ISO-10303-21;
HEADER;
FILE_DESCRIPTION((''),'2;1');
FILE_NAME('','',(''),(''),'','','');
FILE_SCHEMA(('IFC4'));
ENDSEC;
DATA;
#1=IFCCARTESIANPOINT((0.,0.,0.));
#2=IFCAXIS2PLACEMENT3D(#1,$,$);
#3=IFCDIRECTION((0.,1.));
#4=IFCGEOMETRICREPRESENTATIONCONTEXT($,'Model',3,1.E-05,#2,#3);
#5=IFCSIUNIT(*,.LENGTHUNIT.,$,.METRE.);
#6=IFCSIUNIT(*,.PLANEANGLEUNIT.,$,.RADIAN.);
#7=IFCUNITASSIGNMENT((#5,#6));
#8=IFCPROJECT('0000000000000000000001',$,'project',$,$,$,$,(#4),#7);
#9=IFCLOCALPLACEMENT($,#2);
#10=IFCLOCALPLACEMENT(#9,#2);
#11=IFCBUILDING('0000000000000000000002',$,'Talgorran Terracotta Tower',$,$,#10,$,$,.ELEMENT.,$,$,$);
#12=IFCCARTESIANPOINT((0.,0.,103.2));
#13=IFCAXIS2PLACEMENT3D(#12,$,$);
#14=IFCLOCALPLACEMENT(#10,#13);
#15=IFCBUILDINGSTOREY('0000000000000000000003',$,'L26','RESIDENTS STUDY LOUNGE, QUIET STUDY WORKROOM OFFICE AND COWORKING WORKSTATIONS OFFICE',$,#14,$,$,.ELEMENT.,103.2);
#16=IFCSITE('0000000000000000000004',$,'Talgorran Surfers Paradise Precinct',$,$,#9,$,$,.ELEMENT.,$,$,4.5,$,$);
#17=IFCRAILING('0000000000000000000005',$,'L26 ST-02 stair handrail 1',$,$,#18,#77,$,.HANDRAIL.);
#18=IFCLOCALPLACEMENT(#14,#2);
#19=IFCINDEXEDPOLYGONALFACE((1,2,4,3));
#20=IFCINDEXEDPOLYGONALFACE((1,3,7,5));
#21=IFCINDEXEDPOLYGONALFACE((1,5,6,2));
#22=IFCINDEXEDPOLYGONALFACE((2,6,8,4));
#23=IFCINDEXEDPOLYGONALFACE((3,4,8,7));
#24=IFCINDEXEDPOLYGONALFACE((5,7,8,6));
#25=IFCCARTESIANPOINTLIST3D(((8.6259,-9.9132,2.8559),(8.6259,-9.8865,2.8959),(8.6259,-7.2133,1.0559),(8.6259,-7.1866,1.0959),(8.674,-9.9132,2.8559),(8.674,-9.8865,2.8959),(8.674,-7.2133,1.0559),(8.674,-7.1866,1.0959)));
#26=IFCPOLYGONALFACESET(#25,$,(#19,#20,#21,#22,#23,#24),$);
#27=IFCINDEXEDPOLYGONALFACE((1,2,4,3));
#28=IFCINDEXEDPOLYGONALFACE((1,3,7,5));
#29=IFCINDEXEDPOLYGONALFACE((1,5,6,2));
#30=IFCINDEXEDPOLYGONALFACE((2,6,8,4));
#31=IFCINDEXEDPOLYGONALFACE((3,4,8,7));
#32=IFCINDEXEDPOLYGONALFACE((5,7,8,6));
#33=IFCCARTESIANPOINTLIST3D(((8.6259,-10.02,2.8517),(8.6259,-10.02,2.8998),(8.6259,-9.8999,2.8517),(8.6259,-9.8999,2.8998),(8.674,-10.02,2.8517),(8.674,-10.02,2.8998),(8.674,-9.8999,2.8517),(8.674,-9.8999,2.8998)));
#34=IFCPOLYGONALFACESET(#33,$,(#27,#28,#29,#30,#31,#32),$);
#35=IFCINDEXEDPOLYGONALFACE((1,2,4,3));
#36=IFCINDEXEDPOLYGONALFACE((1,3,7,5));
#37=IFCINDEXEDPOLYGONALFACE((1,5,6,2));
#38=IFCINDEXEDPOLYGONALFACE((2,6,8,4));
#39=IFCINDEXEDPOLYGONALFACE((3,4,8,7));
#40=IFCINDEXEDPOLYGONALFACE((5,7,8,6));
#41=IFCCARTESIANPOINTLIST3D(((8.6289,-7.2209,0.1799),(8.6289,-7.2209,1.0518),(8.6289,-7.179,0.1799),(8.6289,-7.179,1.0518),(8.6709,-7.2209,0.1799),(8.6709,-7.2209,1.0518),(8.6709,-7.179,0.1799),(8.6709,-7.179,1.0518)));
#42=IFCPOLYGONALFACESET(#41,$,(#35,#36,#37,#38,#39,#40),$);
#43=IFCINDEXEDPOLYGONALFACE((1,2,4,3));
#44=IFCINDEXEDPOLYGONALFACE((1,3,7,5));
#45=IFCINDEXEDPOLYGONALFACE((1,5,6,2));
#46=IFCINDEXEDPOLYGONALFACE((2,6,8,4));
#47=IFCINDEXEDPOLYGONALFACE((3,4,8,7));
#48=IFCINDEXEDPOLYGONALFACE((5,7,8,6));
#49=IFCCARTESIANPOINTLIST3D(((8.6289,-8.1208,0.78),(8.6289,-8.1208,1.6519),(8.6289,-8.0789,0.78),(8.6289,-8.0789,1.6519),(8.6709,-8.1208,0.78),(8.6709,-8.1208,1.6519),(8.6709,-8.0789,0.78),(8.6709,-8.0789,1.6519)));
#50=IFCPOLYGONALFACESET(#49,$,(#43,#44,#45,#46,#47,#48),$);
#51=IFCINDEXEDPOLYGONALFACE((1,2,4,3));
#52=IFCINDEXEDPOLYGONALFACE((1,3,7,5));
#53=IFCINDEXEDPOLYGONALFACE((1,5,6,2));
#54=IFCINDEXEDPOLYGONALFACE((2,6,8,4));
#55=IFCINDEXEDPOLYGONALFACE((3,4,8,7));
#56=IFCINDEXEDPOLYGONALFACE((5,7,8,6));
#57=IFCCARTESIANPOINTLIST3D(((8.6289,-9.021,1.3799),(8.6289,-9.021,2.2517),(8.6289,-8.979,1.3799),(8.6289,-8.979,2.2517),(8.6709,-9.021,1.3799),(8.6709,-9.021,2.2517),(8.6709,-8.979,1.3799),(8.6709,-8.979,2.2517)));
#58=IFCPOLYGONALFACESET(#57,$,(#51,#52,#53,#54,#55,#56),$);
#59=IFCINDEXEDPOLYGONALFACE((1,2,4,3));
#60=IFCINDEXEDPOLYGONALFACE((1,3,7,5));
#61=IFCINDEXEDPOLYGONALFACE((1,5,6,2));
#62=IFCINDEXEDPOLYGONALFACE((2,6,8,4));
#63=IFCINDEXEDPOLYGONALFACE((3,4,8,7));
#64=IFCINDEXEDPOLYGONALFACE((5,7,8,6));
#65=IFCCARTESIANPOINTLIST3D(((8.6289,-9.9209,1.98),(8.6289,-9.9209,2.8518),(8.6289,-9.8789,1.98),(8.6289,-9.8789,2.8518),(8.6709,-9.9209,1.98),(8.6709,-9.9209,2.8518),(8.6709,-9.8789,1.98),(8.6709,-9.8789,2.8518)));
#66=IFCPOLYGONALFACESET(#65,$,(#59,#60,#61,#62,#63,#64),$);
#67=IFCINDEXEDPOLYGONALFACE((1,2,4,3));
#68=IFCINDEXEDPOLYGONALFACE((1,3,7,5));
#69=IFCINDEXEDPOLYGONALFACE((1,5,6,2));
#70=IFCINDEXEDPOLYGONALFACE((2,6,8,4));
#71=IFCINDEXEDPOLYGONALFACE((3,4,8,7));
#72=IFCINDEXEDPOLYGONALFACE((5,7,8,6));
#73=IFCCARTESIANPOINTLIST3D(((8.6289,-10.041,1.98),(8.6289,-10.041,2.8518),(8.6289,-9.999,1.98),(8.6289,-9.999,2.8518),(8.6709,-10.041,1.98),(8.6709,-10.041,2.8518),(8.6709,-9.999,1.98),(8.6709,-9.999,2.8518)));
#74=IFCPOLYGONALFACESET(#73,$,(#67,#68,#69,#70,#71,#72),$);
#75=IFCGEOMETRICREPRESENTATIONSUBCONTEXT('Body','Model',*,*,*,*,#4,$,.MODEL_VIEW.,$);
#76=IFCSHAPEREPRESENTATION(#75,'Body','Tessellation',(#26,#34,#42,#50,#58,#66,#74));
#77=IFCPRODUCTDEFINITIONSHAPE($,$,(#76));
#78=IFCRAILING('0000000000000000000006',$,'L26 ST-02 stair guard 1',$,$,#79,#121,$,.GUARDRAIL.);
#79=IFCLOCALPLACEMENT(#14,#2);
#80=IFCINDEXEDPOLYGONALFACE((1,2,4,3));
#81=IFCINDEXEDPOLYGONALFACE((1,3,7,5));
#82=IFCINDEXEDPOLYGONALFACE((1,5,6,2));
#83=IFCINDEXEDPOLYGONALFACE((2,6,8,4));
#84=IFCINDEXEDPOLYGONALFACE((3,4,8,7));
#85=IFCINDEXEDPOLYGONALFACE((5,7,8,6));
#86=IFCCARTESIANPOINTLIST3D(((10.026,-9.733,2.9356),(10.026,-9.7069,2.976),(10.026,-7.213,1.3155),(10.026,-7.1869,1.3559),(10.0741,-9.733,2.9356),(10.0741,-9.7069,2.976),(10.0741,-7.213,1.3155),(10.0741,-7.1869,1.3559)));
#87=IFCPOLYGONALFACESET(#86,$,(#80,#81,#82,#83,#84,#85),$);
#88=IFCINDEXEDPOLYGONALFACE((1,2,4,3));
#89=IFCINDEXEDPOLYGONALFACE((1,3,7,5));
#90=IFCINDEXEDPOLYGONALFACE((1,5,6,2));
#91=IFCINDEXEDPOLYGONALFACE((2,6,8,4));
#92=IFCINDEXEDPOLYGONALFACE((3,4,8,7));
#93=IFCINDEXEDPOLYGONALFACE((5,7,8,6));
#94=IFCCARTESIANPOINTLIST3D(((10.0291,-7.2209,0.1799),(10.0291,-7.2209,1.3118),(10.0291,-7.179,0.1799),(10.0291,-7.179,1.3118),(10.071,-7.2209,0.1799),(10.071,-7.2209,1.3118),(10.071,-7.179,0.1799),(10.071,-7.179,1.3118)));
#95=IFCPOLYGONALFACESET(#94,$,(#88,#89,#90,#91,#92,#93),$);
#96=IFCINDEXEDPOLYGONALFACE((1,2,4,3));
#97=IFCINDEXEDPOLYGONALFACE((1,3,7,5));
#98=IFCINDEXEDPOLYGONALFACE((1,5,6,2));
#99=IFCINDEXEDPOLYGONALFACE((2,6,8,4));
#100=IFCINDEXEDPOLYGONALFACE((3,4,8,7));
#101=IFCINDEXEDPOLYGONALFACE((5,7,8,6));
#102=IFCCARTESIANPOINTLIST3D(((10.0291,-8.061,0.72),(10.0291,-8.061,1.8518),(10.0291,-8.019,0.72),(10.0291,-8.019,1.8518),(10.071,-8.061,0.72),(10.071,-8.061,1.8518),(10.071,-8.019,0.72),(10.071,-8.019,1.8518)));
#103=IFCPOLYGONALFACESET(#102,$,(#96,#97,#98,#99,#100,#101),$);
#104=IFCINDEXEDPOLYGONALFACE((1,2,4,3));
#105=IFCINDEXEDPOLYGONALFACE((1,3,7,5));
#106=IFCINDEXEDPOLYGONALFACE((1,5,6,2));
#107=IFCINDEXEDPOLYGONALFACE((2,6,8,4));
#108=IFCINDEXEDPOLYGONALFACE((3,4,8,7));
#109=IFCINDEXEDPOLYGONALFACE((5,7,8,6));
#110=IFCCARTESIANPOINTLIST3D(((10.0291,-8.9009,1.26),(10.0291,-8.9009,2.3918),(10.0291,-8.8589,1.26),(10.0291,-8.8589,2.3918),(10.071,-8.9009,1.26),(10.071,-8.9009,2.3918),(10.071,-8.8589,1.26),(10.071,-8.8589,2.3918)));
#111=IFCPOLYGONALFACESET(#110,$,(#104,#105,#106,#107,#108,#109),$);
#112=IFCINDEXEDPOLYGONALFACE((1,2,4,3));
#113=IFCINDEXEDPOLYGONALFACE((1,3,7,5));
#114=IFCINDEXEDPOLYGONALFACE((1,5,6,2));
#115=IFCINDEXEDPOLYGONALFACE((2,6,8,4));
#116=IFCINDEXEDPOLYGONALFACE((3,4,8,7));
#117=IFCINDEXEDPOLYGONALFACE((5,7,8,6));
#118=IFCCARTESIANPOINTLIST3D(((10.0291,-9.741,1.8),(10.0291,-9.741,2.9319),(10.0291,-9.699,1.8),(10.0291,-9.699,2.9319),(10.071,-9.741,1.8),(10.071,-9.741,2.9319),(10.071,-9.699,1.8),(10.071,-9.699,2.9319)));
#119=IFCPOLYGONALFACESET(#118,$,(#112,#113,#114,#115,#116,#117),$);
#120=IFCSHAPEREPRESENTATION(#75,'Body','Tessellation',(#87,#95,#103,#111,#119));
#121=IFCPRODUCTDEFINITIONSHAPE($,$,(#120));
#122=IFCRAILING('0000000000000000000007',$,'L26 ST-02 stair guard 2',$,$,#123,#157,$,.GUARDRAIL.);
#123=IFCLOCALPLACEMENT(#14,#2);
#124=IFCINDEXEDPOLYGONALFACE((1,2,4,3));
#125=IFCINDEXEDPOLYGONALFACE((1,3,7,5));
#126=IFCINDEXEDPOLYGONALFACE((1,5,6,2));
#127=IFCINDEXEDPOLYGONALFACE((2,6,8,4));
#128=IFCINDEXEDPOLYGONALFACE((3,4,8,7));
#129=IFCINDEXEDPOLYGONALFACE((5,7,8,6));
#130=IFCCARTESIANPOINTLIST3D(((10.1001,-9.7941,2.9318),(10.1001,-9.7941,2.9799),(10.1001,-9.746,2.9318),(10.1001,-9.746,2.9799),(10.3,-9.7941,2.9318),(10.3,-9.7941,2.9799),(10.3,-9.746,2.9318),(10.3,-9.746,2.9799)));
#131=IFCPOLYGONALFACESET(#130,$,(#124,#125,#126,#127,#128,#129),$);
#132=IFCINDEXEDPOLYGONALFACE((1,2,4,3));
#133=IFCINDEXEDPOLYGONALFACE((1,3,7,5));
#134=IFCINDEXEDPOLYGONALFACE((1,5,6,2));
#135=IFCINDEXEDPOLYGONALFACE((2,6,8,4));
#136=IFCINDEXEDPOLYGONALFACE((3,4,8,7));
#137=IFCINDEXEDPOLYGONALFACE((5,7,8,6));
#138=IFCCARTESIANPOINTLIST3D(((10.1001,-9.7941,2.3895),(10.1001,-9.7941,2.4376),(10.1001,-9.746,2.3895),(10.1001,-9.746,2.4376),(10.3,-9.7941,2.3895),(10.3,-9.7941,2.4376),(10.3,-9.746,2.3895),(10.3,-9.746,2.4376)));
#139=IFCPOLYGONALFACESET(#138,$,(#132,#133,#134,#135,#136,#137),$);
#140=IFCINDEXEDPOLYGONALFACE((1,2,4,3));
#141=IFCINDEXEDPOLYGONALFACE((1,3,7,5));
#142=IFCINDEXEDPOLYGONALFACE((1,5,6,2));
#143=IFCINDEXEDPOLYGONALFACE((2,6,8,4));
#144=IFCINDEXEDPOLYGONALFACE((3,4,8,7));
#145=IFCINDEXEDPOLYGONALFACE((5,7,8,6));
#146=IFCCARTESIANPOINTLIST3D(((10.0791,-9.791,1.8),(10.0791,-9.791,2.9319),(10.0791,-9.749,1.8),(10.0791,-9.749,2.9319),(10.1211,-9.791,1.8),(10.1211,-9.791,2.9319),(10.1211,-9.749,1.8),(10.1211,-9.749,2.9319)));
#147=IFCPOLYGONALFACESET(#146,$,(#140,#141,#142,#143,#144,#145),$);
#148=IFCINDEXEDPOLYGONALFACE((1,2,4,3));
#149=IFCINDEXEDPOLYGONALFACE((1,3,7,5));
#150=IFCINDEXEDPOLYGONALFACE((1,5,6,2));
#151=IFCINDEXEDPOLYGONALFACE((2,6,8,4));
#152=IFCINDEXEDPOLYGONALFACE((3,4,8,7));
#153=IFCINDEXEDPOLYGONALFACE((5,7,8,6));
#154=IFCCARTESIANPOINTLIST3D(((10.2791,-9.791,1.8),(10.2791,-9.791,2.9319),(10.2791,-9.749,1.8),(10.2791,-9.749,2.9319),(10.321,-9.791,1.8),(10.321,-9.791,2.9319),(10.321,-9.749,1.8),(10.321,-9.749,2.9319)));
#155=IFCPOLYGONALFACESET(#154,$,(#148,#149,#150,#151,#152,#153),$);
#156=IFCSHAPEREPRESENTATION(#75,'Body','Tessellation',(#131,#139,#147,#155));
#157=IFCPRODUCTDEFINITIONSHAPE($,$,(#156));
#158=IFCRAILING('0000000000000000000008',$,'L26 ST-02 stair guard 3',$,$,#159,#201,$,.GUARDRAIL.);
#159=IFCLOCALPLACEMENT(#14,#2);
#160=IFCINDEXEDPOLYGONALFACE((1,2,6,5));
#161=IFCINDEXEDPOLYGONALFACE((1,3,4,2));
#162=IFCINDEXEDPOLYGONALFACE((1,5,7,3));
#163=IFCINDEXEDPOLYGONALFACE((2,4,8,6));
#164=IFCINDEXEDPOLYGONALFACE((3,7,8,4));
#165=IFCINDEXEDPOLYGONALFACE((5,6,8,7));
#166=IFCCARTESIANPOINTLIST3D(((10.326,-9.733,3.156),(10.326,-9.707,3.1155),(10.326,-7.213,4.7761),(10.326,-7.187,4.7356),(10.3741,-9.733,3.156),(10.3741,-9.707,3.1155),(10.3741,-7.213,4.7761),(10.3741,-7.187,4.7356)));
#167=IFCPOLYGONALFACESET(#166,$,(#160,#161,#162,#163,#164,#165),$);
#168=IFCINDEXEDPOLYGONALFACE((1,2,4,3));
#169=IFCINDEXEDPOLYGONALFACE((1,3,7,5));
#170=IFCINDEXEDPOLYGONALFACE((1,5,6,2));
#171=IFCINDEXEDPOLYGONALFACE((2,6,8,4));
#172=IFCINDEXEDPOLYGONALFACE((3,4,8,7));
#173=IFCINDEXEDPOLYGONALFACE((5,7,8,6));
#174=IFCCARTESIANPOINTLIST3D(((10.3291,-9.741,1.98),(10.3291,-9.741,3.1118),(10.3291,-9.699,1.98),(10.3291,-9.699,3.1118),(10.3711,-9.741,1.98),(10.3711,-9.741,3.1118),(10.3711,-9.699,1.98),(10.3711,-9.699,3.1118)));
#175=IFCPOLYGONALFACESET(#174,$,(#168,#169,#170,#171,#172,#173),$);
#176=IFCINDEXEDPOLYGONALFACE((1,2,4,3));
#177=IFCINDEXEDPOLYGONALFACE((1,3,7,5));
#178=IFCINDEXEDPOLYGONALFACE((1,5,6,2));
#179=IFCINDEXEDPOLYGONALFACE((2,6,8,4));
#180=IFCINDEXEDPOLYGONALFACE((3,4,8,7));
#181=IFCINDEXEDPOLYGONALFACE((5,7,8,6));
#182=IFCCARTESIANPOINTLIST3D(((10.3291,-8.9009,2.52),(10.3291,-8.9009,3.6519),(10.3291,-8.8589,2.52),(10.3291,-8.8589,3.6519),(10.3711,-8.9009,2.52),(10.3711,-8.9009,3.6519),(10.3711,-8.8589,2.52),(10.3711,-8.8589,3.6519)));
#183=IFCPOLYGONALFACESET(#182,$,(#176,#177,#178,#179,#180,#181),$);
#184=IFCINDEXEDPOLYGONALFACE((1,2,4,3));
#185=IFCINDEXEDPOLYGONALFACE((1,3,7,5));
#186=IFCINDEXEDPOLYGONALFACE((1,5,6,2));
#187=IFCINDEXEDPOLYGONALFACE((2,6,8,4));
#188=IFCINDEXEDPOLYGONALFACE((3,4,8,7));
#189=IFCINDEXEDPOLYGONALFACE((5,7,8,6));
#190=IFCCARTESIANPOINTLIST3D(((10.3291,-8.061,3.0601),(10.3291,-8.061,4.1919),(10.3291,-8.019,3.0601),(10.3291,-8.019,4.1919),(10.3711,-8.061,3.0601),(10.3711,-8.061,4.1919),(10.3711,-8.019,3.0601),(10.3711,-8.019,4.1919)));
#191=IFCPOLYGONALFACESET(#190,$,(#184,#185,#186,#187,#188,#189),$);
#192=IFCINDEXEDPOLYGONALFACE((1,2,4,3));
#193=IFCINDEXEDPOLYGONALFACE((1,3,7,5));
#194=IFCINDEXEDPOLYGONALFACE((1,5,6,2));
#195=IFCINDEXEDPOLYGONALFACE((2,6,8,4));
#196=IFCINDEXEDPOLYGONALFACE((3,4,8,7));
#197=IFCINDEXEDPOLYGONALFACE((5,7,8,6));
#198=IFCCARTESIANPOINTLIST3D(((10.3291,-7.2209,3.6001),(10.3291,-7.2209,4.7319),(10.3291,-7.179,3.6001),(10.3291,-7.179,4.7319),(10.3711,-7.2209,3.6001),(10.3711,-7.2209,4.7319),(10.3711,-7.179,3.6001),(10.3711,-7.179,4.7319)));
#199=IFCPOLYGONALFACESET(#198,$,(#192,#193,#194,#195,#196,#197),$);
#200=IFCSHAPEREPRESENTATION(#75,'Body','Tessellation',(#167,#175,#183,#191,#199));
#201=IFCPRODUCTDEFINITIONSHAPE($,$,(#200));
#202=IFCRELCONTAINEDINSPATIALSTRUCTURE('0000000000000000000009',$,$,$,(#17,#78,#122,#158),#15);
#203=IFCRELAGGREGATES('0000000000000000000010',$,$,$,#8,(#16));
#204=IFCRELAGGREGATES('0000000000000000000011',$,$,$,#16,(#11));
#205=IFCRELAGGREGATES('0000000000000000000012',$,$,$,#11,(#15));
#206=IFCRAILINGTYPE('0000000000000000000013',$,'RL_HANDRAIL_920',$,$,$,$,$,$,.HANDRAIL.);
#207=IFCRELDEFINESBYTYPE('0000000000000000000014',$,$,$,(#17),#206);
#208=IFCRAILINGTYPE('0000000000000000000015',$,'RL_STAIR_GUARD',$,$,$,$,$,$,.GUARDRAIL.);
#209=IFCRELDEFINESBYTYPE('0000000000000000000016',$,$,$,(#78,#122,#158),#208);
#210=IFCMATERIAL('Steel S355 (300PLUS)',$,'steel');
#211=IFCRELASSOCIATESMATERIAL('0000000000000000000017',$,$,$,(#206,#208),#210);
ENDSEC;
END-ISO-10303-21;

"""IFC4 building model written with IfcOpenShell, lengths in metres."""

from ifc_helpers import new_model, si_unit, direction, frame, origin, origin_2d, place, context, subcontext, project, spatial, rectangle, extrude, material, type_object, element, save


model = new_model("IFC4")

# Units and contexts
model_context = context("Model", 3, precision=1e-05, world=origin(), true_north=direction((0.0, 1.0)))
body_context = subcontext(model_context, "Body", "Model", "MODEL_VIEW")
ifc_project = project(units=[si_unit("LENGTHUNIT", "METRE"), si_unit("PLANEANGLEUNIT", "RADIAN")], contexts=[model_context])

# Site, building, storey
site_placement = place(None, origin())
site = spatial("IfcSite", under=ifc_project, at=site_placement, Name="Talgorran Surfers Paradise Precinct", CompositionType="ELEMENT", RefElevation=4.5)
building_placement = place(site_placement, origin())
building = spatial("IfcBuilding", under=site, at=building_placement, Name="Talgorran Terracotta Tower", CompositionType="ELEMENT")
storey_placement = place(building_placement, frame((0.0, 0.0, 103.2)))
storey = spatial("IfcBuildingStorey", under=building, at=storey_placement, Name="L26", Description="RESIDENTS STUDY LOUNGE, QUIET STUDY WORKROOM OFFICE AND COWORKING WORKSTATIONS OFFICE", CompositionType="ELEMENT", Elevation=103.2)

# Shared definitions
ifc_material_1 = material(Name="Steel S355 (300PLUS)", Category="steel")

# Railings
railing_type_1 = type_object("IfcRailingType", Name="RL_HANDRAIL_920", PredefinedType="HANDRAIL", material=ifc_material_1)
railing_1_placement = place(storey_placement, frame((8.6499, -7.2, 0.1799)))
element("IfcRailing", 1, at=railing_1_placement, inside=storey, type_object=railing_type_1, Name="L26 ST-02 stair handrail 1", PredefinedType="HANDRAIL", context=body_context, shape_type="SweptSolid", body=[
    extrude(rectangle(XDim=0.0481, YDim=0.0481, at=origin_2d()), frame((0.0, 0.0, 0.896), z_axis=(0.0, -0.832039, 0.554718), x_axis=(1.0, 0.0, 0.0)), (0.0, 0.0, 1.0), 3.2449),
    extrude(rectangle(XDim=0.0481, YDim=0.0481, at=origin_2d()), frame((0.0, -2.7, 2.6958), z_axis=(0.0, -1.0, 0.0), x_axis=(1.0, 0.0, 0.0)), (0.0, 0.0, 1.0), 0.1201),
    extrude(rectangle(XDim=0.042, YDim=0.042, at=origin_2d()), origin(), (0.0, 0.0, 1.0), 0.8718),
    extrude(rectangle(XDim=0.042, YDim=0.042, at=origin_2d()), frame((0.0, -0.8999, 0.6001)), (0.0, 0.0, 1.0), 0.8718),
    extrude(rectangle(XDim=0.042, YDim=0.042, at=origin_2d()), frame((0.0, -1.8, 1.2)), (0.0, 0.0, 1.0), 0.8718),
    extrude(rectangle(XDim=0.042, YDim=0.042, at=origin_2d()), frame((0.0, -2.7, 1.8)), (0.0, 0.0, 1.0), 0.8718),
    extrude(rectangle(XDim=0.042, YDim=0.042, at=origin_2d()), frame((0.0, -2.8201, 1.8)), (0.0, 0.0, 1.0), 0.8718),
])
railing_type_2 = type_object("IfcRailingType", Name="RL_STAIR_GUARD", PredefinedType="GUARDRAIL", material=ifc_material_1)
railing_2_placement = place(storey_placement, frame((10.05, -7.2, 0.1799)))
element("IfcRailing", 2, at=railing_2_placement, inside=storey, type_object=railing_type_2, Name="L26 ST-02 stair guard 1", PredefinedType="GUARDRAIL", context=body_context, shape_type="SweptSolid", body=[
    extrude(rectangle(XDim=0.0481, YDim=0.0481, at=origin_2d()), frame((0.0, 0.0, 1.1558), z_axis=(0.0, -0.841163, 0.540782), x_axis=(1.0, 0.0, 0.0)), (0.0, 0.0, 1.0), 2.9958),
    extrude(rectangle(XDim=0.042, YDim=0.042, at=origin_2d()), origin(), (0.0, 0.0, 1.0), 1.1318),
    extrude(rectangle(XDim=0.042, YDim=0.042, at=origin_2d()), frame((0.0, -0.8401, 0.54)), (0.0, 0.0, 1.0), 1.1318),
    extrude(rectangle(XDim=0.042, YDim=0.042, at=origin_2d()), frame((0.0, -1.6799, 1.0801)), (0.0, 0.0, 1.0), 1.1318),
    extrude(rectangle(XDim=0.042, YDim=0.042, at=origin_2d()), frame((0.0, -2.52, 1.6201)), (0.0, 0.0, 1.0), 1.1318),
])
railing_3_placement = place(storey_placement, frame((10.1001, -9.77, 1.8)))
element("IfcRailing", 3, at=railing_3_placement, inside=storey, type_object=railing_type_2, Name="L26 ST-02 stair guard 2", PredefinedType="GUARDRAIL", context=body_context, shape_type="SweptSolid", body=[
    extrude(rectangle(XDim=0.0481, YDim=0.0481, at=origin_2d()), frame((0.0, 0.0, 1.1558), z_axis=(1.0, 0.0, 0.0), x_axis=(0.0, 1.0, 0.0)), (0.0, 0.0, 1.0), 0.2),
    extrude(rectangle(XDim=0.0481, YDim=0.0481, at=origin_2d()), frame((0.0, 0.0, 0.6135), z_axis=(1.0, 0.0, 0.0), x_axis=(0.0, 1.0, 0.0)), (0.0, 0.0, 1.0), 0.2),
    extrude(rectangle(XDim=0.042, YDim=0.042, at=origin_2d()), origin(), (0.0, 0.0, 1.0), 1.1318),
    extrude(rectangle(XDim=0.042, YDim=0.042, at=origin_2d()), frame((0.2, 0.0, 0.0)), (0.0, 0.0, 1.0), 1.1318),
])
railing_4_placement = place(storey_placement, frame((10.3501, -9.72, 1.98)))
element("IfcRailing", 4, at=railing_4_placement, inside=storey, type_object=railing_type_2, Name="L26 ST-02 stair guard 3", PredefinedType="GUARDRAIL", context=body_context, shape_type="SweptSolid", body=[
    extrude(rectangle(XDim=0.0481, YDim=0.0481, at=origin_2d()), frame((0.0, 0.0, 1.1558), z_axis=(0.0, 0.841163, 0.540782), x_axis=(-1.0, 0.0, 0.0)), (0.0, 0.0, 1.0), 2.9958),
    extrude(rectangle(XDim=0.042, YDim=0.042, at=origin_2d()), origin(), (0.0, 0.0, 1.0), 1.1318),
    extrude(rectangle(XDim=0.042, YDim=0.042, at=origin_2d()), frame((0.0, 0.8401, 0.54)), (0.0, 0.0, 1.0), 1.1318),
    extrude(rectangle(XDim=0.042, YDim=0.042, at=origin_2d()), frame((0.0, 1.6799, 1.0801)), (0.0, 0.0, 1.0), 1.1318),
    extrude(rectangle(XDim=0.042, YDim=0.042, at=origin_2d()), frame((0.0, 2.52, 1.6201)), (0.0, 0.0, 1.0), 1.1318),
])

save(model, "model.ifc")
